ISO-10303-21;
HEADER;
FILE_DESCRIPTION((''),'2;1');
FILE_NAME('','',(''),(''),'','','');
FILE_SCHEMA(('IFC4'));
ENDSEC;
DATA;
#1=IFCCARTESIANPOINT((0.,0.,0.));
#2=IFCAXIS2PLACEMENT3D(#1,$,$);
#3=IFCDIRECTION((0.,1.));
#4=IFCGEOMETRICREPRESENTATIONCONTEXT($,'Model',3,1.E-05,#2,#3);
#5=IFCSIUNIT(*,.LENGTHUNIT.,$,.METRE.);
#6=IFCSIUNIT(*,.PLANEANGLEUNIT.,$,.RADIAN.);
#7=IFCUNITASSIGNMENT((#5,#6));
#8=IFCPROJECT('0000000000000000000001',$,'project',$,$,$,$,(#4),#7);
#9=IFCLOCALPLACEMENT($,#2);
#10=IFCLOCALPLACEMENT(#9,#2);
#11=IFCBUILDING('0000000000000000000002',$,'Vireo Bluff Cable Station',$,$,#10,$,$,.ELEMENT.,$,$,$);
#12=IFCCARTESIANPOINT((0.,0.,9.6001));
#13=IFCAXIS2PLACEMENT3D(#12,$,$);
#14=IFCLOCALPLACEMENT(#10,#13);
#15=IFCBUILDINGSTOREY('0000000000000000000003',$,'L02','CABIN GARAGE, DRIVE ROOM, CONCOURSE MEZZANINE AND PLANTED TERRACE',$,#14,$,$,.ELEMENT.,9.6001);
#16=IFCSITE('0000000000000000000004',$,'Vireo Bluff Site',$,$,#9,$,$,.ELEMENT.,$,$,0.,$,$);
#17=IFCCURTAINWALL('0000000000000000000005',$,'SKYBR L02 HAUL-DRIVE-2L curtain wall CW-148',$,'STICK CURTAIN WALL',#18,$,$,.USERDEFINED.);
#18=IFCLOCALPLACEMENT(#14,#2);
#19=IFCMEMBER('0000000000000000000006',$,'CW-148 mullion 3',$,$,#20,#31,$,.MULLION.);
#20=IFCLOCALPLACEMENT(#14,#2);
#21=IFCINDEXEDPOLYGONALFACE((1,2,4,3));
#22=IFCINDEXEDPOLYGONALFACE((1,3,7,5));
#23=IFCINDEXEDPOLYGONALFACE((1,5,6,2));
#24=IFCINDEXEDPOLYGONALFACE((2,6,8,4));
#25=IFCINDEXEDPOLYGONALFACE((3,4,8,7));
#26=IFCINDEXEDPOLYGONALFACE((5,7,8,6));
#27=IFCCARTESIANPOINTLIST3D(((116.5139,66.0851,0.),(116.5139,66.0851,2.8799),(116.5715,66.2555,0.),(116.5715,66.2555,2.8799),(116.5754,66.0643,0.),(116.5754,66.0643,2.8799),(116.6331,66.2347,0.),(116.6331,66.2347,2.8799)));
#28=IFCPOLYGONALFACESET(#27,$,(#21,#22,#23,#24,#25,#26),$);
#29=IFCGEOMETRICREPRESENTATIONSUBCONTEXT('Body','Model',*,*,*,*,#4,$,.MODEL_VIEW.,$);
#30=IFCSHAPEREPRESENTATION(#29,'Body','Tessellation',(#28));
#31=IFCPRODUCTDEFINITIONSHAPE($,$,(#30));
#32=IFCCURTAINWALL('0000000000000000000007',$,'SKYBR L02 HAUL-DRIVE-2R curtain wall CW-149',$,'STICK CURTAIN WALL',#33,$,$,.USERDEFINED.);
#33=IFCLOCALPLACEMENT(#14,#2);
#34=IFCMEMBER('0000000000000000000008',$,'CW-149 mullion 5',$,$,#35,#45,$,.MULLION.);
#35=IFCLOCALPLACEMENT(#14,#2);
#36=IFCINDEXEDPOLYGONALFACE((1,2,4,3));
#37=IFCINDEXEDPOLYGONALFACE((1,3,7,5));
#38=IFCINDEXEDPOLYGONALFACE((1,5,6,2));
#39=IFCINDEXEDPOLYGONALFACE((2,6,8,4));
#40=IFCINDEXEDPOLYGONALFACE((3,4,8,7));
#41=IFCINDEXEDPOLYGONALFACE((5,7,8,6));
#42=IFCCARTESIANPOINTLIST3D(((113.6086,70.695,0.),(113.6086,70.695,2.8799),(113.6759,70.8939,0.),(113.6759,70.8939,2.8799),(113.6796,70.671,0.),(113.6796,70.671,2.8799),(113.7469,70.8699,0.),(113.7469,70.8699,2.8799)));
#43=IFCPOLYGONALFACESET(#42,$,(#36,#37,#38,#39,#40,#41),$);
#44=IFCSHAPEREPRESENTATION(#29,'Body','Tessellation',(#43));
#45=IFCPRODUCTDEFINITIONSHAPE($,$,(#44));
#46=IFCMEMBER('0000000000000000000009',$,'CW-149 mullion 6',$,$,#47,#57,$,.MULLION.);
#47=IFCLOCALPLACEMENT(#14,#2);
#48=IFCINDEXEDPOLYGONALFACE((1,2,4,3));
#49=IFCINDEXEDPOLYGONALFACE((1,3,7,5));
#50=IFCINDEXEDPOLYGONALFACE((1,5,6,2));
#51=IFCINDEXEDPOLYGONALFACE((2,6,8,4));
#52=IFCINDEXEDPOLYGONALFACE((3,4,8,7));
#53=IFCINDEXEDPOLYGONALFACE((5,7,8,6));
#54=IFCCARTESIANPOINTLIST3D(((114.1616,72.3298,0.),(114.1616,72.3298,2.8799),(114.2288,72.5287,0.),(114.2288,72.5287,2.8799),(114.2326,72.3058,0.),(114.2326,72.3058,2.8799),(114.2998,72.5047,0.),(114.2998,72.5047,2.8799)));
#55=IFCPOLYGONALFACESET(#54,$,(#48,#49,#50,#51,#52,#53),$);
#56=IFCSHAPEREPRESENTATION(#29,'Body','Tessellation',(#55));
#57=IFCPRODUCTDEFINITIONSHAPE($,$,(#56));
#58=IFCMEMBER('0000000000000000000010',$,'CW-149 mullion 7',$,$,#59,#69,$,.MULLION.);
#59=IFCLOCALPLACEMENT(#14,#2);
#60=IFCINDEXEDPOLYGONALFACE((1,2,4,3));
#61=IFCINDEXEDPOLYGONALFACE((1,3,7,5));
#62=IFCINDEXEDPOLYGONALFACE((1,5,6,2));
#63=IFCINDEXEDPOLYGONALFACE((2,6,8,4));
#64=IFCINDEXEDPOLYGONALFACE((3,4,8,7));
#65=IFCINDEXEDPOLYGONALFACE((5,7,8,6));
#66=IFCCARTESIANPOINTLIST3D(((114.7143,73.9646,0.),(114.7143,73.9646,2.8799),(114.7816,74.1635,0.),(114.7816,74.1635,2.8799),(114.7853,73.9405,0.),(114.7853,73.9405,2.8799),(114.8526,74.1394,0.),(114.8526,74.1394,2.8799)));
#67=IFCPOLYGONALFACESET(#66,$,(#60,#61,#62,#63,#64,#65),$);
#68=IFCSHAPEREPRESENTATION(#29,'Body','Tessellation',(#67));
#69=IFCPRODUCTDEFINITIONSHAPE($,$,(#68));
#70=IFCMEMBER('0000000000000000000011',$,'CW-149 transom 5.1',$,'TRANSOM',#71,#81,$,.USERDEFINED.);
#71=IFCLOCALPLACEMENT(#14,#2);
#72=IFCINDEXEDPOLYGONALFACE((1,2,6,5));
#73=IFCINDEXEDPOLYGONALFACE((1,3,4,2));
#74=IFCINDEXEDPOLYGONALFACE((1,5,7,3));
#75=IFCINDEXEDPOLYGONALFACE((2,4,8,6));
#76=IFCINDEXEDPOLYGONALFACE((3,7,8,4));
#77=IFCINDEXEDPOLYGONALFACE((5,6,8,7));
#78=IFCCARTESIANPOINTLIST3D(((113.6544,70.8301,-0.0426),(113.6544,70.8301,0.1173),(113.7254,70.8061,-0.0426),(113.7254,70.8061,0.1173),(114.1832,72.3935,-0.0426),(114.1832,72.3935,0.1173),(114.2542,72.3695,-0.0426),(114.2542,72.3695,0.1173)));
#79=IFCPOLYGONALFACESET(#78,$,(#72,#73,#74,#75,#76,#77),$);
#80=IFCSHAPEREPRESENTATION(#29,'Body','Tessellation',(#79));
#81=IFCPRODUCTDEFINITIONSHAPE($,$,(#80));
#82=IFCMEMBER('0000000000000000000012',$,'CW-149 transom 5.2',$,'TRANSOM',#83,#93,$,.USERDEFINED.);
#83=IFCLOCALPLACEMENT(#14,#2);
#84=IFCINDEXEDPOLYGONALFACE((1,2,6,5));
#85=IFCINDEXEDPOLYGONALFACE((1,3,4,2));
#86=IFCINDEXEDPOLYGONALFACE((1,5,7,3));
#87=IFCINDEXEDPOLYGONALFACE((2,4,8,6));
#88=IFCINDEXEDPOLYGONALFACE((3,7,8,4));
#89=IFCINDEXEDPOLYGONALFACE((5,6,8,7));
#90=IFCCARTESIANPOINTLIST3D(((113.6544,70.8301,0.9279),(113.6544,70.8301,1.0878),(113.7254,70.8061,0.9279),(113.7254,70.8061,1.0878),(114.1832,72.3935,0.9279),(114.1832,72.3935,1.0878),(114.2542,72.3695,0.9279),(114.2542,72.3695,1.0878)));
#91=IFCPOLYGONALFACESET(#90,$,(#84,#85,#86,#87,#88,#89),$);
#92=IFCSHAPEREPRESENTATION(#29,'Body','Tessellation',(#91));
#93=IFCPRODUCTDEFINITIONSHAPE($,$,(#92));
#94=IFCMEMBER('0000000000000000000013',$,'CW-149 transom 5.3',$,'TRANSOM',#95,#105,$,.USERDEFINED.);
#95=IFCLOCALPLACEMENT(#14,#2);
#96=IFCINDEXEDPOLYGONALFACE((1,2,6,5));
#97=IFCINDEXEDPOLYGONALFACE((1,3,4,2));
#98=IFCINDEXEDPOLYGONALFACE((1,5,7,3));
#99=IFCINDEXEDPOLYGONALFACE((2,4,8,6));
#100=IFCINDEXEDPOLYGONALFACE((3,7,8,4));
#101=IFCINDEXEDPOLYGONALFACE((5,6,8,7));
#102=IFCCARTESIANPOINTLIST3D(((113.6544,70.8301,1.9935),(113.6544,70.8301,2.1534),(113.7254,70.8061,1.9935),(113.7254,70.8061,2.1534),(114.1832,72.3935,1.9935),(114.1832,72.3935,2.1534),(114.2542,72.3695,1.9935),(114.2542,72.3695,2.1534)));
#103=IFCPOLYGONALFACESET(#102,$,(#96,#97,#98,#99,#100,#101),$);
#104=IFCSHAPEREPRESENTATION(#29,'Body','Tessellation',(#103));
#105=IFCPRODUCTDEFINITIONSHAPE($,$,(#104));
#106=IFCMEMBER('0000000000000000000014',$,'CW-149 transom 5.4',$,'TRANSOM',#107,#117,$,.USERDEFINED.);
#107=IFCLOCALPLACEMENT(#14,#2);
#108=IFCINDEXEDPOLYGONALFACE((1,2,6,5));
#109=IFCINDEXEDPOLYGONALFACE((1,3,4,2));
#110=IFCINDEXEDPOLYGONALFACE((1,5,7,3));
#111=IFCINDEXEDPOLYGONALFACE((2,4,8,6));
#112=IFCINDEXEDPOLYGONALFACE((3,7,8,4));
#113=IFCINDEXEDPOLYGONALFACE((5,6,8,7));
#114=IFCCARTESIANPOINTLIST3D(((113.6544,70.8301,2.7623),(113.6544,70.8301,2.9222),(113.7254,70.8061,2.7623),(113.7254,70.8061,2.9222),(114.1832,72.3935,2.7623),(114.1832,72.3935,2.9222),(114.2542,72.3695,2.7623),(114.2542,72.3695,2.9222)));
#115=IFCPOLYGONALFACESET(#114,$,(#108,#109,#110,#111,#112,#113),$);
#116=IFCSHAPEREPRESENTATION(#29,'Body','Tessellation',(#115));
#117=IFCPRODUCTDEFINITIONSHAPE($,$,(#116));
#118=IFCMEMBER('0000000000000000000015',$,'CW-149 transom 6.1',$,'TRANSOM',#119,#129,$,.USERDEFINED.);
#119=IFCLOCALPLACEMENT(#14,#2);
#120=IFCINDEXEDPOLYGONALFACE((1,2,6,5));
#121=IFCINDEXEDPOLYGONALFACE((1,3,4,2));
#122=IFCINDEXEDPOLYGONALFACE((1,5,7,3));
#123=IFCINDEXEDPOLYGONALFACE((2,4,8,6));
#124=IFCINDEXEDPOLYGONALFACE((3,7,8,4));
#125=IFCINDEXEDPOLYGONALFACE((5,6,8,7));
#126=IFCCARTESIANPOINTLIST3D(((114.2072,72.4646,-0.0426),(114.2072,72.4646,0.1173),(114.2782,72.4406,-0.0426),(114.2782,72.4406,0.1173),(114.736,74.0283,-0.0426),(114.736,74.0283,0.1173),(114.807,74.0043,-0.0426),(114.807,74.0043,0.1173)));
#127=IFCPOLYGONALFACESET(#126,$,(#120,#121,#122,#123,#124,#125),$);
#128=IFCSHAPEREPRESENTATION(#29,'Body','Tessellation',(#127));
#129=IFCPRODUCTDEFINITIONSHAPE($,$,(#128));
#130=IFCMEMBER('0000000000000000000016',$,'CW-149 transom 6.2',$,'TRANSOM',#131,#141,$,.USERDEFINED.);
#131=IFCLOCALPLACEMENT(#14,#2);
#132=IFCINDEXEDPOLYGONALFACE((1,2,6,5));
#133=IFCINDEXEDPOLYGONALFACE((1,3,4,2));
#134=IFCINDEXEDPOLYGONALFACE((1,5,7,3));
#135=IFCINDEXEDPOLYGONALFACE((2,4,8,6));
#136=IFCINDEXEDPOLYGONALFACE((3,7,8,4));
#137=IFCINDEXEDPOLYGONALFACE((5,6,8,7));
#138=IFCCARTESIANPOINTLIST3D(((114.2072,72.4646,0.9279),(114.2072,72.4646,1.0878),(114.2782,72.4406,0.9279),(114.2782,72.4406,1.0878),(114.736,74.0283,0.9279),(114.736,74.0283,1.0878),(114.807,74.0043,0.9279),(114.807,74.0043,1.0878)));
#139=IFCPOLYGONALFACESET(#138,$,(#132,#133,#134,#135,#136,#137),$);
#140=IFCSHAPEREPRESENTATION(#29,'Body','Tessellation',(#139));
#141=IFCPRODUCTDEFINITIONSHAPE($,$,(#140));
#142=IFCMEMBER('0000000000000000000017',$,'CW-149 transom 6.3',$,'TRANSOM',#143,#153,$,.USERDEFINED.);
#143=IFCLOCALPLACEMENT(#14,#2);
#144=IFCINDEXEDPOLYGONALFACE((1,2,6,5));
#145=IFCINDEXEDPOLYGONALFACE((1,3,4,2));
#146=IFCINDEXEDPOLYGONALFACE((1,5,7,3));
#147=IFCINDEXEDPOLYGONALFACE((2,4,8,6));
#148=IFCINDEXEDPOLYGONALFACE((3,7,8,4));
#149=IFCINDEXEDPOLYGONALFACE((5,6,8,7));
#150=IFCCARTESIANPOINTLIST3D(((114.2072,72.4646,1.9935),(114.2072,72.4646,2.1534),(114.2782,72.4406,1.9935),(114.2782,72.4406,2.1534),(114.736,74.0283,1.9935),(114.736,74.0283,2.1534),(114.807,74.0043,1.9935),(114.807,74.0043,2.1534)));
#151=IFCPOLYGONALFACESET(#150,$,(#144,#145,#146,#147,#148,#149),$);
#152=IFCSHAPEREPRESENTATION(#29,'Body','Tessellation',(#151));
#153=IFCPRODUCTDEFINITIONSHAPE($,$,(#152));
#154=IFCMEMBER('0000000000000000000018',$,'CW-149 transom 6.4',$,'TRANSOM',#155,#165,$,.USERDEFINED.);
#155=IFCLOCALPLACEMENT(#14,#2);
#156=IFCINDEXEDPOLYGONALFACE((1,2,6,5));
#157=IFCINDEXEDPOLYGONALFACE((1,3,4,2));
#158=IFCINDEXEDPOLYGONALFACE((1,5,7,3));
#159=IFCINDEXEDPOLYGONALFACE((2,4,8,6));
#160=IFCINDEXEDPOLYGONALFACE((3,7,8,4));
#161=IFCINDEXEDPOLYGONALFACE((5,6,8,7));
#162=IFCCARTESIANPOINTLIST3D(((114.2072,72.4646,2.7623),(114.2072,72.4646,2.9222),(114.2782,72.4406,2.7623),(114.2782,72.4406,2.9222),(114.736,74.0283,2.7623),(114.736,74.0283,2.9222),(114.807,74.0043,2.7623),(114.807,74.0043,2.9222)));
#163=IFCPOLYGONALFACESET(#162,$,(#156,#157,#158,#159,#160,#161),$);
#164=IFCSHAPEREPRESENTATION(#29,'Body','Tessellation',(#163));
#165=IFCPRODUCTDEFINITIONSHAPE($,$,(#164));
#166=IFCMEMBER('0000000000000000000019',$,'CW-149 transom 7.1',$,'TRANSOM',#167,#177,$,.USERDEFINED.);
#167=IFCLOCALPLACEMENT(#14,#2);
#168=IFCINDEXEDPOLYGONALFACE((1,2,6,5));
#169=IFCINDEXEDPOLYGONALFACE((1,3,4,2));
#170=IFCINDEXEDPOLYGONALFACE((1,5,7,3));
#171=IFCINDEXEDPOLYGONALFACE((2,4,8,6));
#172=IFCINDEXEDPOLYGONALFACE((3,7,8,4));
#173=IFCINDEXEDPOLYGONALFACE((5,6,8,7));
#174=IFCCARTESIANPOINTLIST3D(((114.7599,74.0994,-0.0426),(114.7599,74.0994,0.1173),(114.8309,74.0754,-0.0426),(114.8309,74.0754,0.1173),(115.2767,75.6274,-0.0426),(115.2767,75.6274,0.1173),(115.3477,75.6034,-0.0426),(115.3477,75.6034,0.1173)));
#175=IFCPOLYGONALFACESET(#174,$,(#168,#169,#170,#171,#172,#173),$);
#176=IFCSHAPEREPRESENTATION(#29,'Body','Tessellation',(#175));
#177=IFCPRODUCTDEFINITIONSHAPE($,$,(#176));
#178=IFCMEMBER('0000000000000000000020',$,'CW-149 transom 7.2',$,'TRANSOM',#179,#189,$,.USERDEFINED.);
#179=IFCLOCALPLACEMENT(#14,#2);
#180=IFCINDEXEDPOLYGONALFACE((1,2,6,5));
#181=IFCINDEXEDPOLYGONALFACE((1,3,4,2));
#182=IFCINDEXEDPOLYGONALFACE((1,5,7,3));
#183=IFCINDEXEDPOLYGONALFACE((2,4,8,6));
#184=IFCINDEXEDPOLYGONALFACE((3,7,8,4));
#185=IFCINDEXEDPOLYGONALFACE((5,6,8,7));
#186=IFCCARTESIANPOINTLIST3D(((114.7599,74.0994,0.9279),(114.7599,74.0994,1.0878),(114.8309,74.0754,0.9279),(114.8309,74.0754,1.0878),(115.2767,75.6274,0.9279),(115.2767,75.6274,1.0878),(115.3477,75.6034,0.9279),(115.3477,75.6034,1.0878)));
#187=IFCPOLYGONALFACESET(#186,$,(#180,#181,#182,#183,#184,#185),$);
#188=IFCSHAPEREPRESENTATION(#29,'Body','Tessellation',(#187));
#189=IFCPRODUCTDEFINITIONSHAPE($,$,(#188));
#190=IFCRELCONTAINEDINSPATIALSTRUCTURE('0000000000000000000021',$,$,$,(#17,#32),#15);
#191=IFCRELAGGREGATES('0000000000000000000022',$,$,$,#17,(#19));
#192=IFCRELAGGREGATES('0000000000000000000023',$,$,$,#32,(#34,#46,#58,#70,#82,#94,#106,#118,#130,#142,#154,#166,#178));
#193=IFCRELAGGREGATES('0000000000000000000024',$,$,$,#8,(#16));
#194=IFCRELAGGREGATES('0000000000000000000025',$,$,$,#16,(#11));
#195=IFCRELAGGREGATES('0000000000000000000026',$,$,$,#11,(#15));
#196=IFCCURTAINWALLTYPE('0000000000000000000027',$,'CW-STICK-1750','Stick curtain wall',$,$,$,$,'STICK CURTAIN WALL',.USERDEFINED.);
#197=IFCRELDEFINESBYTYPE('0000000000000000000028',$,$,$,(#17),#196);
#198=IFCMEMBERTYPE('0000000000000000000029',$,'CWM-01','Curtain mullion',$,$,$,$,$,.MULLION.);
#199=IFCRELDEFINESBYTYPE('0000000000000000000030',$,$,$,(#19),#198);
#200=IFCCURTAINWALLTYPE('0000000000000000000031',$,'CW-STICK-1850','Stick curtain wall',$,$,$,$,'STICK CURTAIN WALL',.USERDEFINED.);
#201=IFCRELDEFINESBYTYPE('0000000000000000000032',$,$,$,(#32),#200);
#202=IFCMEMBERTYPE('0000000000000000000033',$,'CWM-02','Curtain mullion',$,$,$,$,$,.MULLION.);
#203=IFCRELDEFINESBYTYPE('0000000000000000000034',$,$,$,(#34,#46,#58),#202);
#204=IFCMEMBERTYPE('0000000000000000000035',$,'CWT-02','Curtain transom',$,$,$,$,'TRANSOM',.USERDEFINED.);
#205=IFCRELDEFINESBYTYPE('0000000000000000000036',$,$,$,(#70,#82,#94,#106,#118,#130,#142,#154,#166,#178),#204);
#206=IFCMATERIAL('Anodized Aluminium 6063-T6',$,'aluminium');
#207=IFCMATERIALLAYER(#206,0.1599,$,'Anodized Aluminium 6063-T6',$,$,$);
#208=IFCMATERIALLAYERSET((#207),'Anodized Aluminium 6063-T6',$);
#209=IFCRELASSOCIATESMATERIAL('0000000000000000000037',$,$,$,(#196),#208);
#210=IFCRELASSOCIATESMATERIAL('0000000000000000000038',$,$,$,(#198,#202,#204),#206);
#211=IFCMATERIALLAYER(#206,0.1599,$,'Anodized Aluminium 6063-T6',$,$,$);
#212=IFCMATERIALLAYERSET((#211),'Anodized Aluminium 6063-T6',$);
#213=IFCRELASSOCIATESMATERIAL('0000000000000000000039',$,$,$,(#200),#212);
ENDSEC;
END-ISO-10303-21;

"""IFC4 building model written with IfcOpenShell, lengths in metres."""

from ifc_helpers import new_model, si_unit, direction, frame, origin, origin_2d, place, context, subcontext, project, spatial, rectangle, extrude, material, layer, layer_set, material_profile, profile_set, type_object, element, aggregate, save


model = new_model("IFC4")

# Units and contexts
model_context = context("Model", 3, precision=1e-05, world=origin(), true_north=direction((0.0, 1.0)))
body_context = subcontext(model_context, "Body", "Model", "MODEL_VIEW")
ifc_project = project(units=[si_unit("LENGTHUNIT", "METRE"), si_unit("PLANEANGLEUNIT", "RADIAN")], contexts=[model_context])

# Site, building, storey
site_placement = place(None, origin())
site = spatial("IfcSite", under=ifc_project, at=site_placement, Name="Vireo Bluff Site", CompositionType="ELEMENT", RefElevation=0.0)
building_placement = place(site_placement, origin())
building = spatial("IfcBuilding", under=site, at=building_placement, Name="Vireo Bluff Cable Station", CompositionType="ELEMENT")
storey_placement = place(building_placement, frame((0.0, 0.0, 9.6001)))
storey = spatial("IfcBuildingStorey", under=building, at=storey_placement, Name="L02", Description="CABIN GARAGE, DRIVE ROOM, CONCOURSE MEZZANINE AND PLANTED TERRACE", CompositionType="ELEMENT", Elevation=9.6001)

# Curtain wall, member
ifc_material_1 = material(Name="Anodized Aluminium 6063-T6", Category="aluminium")
ifc_layer_1 = layer(ifc_material_1, 0.1599, Name="Anodized Aluminium 6063-T6")
ifc_layer_set_1 = layer_set([ifc_layer_1], Name="Anodized Aluminium 6063-T6")
curtain_wall_type_1 = type_object("IfcCurtainWallType", Name="CW-STICK-1750", Description="Stick curtain wall", ElementType="STICK CURTAIN WALL", PredefinedType="USERDEFINED", material=ifc_layer_set_1)
curtain_wall_1_placement = place(storey_placement, origin())
curtain_wall_1 = element("IfcCurtainWall", 1, at=curtain_wall_1_placement, inside=storey, type_object=curtain_wall_type_1, Name="SKYBR L02 HAUL-DRIVE-2L curtain wall CW-148", ObjectType="STICK CURTAIN WALL", PredefinedType="USERDEFINED")
ifc_material_profile_1 = material_profile(ifc_material_1, rectangle(XDim=0.0649, YDim=0.1799, at=origin_2d()), Name="ALU-M-65X180")
ifc_profile_set_1 = profile_set([ifc_material_profile_1], Name="Anodized Aluminium 6063-T6")
member_type_1 = type_object("IfcMemberType", Name="CWM-01", Description="Curtain mullion", PredefinedType="MULLION", material=ifc_profile_set_1)
member_1_placement = place(storey_placement, frame((116.5735, 66.1599, 0.0), z_axis=(0.0, 0.0, 1.0), x_axis=(-0.947295, 0.320362, 0.0)))
member_1 = element("IfcMember", 2, at=member_1_placement, type_object=member_type_1, Name="CW-148 mullion 3", PredefinedType="MULLION", context=body_context, shape_type="SweptSolid", body=[
    extrude(rectangle(XDim=0.0649, YDim=0.1799, at=origin_2d()), origin(), (0.0, 0.0, 1.0), 2.8799),
])
aggregate(curtain_wall_1, [member_1])

# Curtain wall, members
ifc_layer_2 = layer(ifc_material_1, 0.1599, Name="Anodized Aluminium 6063-T6")
ifc_layer_set_2 = layer_set([ifc_layer_2], Name="Anodized Aluminium 6063-T6")
curtain_wall_type_2 = type_object("IfcCurtainWallType", Name="CW-STICK-1850", Description="Stick curtain wall", ElementType="STICK CURTAIN WALL", PredefinedType="USERDEFINED", material=ifc_layer_set_2)
curtain_wall_2_placement = place(storey_placement, origin())
curtain_wall_2 = element("IfcCurtainWall", 3, at=curtain_wall_2_placement, inside=storey, type_object=curtain_wall_type_2, Name="SKYBR L02 HAUL-DRIVE-2R curtain wall CW-149", ObjectType="STICK CURTAIN WALL", PredefinedType="USERDEFINED")
ifc_material_profile_2 = material_profile(ifc_material_1, rectangle(XDim=0.075, YDim=0.21, at=origin_2d()), Name="ALU-M-75X210")
ifc_profile_set_2 = profile_set([ifc_material_profile_2], Name="Anodized Aluminium 6063-T6")
member_type_2 = type_object("IfcMemberType", Name="CWM-02", Description="Curtain mullion", PredefinedType="MULLION", material=ifc_profile_set_2)
member_2_placement = place(storey_placement, frame((113.6777, 70.7825, 0.0), z_axis=(0.0, 0.0, 1.0), x_axis=(-0.947295, 0.320362, 0.0)))
member_2 = element("IfcMember", 4, at=member_2_placement, type_object=member_type_2, Name="CW-149 mullion 5", PredefinedType="MULLION", context=body_context, shape_type="SweptSolid", body=[
    extrude(rectangle(XDim=0.075, YDim=0.21, at=origin_2d()), origin(), (0.0, 0.0, 1.0), 2.8799),
])
member_3_placement = place(storey_placement, frame((114.2307, 72.4172, 0.0), z_axis=(0.0, 0.0, 1.0), x_axis=(-0.947295, 0.320362, 0.0)))
member_3 = element("IfcMember", 5, at=member_3_placement, type_object=member_type_2, Name="CW-149 mullion 6", PredefinedType="MULLION", context=body_context, shape_type="SweptSolid", body=[
    extrude(rectangle(XDim=0.075, YDim=0.21, at=origin_2d()), origin(), (0.0, 0.0, 1.0), 2.8799),
])
member_4_placement = place(storey_placement, frame((114.7834, 74.052, 0.0), z_axis=(0.0, 0.0, 1.0), x_axis=(-0.947295, 0.320362, 0.0)))
member_4 = element("IfcMember", 6, at=member_4_placement, type_object=member_type_2, Name="CW-149 mullion 7", PredefinedType="MULLION", context=body_context, shape_type="SweptSolid", body=[
    extrude(rectangle(XDim=0.075, YDim=0.21, at=origin_2d()), origin(), (0.0, 0.0, 1.0), 2.8799),
])
ifc_material_profile_3 = material_profile(ifc_material_1, rectangle(XDim=0.075, YDim=0.1599, at=origin_2d()), Name="ALU-T-75X160")
ifc_profile_set_3 = profile_set([ifc_material_profile_3], Name="Anodized Aluminium 6063-T6")
member_type_3 = type_object("IfcMemberType", Name="CWT-02", Description="Curtain transom", ElementType="TRANSOM", PredefinedType="USERDEFINED", material=ifc_profile_set_3)
member_5_placement = place(storey_placement, frame((113.6899, 70.8181, 0.0374), z_axis=(0.320396, 0.947284, 0.0), x_axis=(-0.947284, 0.320396, 0.0)))
member_5 = element("IfcMember", 7, at=member_5_placement, type_object=member_type_3, Name="CW-149 transom 5.1", ObjectType="TRANSOM", PredefinedType="USERDEFINED", context=body_context, shape_type="SweptSolid", body=[
    extrude(rectangle(XDim=0.075, YDim=0.1599, at=origin_2d()), origin(), (0.0, 0.0, 1.0), 1.6504),
])
member_6_placement = place(storey_placement, frame((113.6899, 70.8181, 1.0078), z_axis=(0.320396, 0.947284, 0.0), x_axis=(-0.947284, 0.320396, 0.0)))
member_6 = element("IfcMember", 8, at=member_6_placement, type_object=member_type_3, Name="CW-149 transom 5.2", ObjectType="TRANSOM", PredefinedType="USERDEFINED", context=body_context, shape_type="SweptSolid", body=[
    extrude(rectangle(XDim=0.075, YDim=0.1599, at=origin_2d()), origin(), (0.0, 0.0, 1.0), 1.6504),
])
member_7_placement = place(storey_placement, frame((113.6899, 70.8181, 2.0735), z_axis=(0.320396, 0.947284, 0.0), x_axis=(-0.947284, 0.320396, 0.0)))
member_7 = element("IfcMember", 9, at=member_7_placement, type_object=member_type_3, Name="CW-149 transom 5.3", ObjectType="TRANSOM", PredefinedType="USERDEFINED", context=body_context, shape_type="SweptSolid", body=[
    extrude(rectangle(XDim=0.075, YDim=0.1599, at=origin_2d()), origin(), (0.0, 0.0, 1.0), 1.6504),
])
member_8_placement = place(storey_placement, frame((113.6899, 70.8181, 2.8423), z_axis=(0.320396, 0.947284, 0.0), x_axis=(-0.947284, 0.320396, 0.0)))
member_8 = element("IfcMember", 10, at=member_8_placement, type_object=member_type_3, Name="CW-149 transom 5.4", ObjectType="TRANSOM", PredefinedType="USERDEFINED", context=body_context, shape_type="SweptSolid", body=[
    extrude(rectangle(XDim=0.075, YDim=0.1599, at=origin_2d()), origin(), (0.0, 0.0, 1.0), 1.6504),
])
member_9_placement = place(storey_placement, frame((114.2427, 72.4526, 0.0374), z_axis=(0.320351, 0.947299, 0.0), x_axis=(-0.947299, 0.320351, 0.0)))
member_9 = element("IfcMember", 11, at=member_9_placement, type_object=member_type_3, Name="CW-149 transom 6.1", ObjectType="TRANSOM", PredefinedType="USERDEFINED", context=body_context, shape_type="SweptSolid", body=[
    extrude(rectangle(XDim=0.075, YDim=0.1599, at=origin_2d()), origin(), (0.0, 0.0, 1.0), 1.6506),
])
member_10_placement = place(storey_placement, frame((114.2427, 72.4526, 1.0078), z_axis=(0.320351, 0.947299, 0.0), x_axis=(-0.947299, 0.320351, 0.0)))
member_10 = element("IfcMember", 12, at=member_10_placement, type_object=member_type_3, Name="CW-149 transom 6.2", ObjectType="TRANSOM", PredefinedType="USERDEFINED", context=body_context, shape_type="SweptSolid", body=[
    extrude(rectangle(XDim=0.075, YDim=0.1599, at=origin_2d()), origin(), (0.0, 0.0, 1.0), 1.6506),
])
member_11_placement = place(storey_placement, frame((114.2427, 72.4526, 2.0735), z_axis=(0.320351, 0.947299, 0.0), x_axis=(-0.947299, 0.320351, 0.0)))
member_11 = element("IfcMember", 13, at=member_11_placement, type_object=member_type_3, Name="CW-149 transom 6.3", ObjectType="TRANSOM", PredefinedType="USERDEFINED", context=body_context, shape_type="SweptSolid", body=[
    extrude(rectangle(XDim=0.075, YDim=0.1599, at=origin_2d()), origin(), (0.0, 0.0, 1.0), 1.6506),
])
member_12_placement = place(storey_placement, frame((114.2427, 72.4526, 2.8423), z_axis=(0.320351, 0.947299, 0.0), x_axis=(-0.947299, 0.320351, 0.0)))
member_12 = element("IfcMember", 14, at=member_12_placement, type_object=member_type_3, Name="CW-149 transom 6.4", ObjectType="TRANSOM", PredefinedType="USERDEFINED", context=body_context, shape_type="SweptSolid", body=[
    extrude(rectangle(XDim=0.075, YDim=0.1599, at=origin_2d()), origin(), (0.0, 0.0, 1.0), 1.6506),
])
member_13_placement = place(storey_placement, frame((114.7954, 74.0874, 0.0374), z_axis=(0.320402, 0.947282, 0.0), x_axis=(-0.947282, 0.320402, 0.0)))
member_13 = element("IfcMember", 15, at=member_13_placement, type_object=member_type_3, Name="CW-149 transom 7.1", ObjectType="TRANSOM", PredefinedType="USERDEFINED", context=body_context, shape_type="SweptSolid", body=[
    extrude(rectangle(XDim=0.075, YDim=0.1599, at=origin_2d()), origin(), (0.0, 0.0, 1.0), 1.613),
])
member_14_placement = place(storey_placement, frame((114.7954, 74.0874, 1.0078), z_axis=(0.320402, 0.947282, 0.0), x_axis=(-0.947282, 0.320402, 0.0)))
member_14 = element("IfcMember", 16, at=member_14_placement, type_object=member_type_3, Name="CW-149 transom 7.2", ObjectType="TRANSOM", PredefinedType="USERDEFINED", context=body_context, shape_type="SweptSolid", body=[
    extrude(rectangle(XDim=0.075, YDim=0.1599, at=origin_2d()), origin(), (0.0, 0.0, 1.0), 1.613),
])
aggregate(curtain_wall_2, [member_2, member_3, member_4, member_5, member_6, member_7, member_8, member_9, member_10, member_11, member_12, member_13, member_14])

save(model, "model.ifc")
